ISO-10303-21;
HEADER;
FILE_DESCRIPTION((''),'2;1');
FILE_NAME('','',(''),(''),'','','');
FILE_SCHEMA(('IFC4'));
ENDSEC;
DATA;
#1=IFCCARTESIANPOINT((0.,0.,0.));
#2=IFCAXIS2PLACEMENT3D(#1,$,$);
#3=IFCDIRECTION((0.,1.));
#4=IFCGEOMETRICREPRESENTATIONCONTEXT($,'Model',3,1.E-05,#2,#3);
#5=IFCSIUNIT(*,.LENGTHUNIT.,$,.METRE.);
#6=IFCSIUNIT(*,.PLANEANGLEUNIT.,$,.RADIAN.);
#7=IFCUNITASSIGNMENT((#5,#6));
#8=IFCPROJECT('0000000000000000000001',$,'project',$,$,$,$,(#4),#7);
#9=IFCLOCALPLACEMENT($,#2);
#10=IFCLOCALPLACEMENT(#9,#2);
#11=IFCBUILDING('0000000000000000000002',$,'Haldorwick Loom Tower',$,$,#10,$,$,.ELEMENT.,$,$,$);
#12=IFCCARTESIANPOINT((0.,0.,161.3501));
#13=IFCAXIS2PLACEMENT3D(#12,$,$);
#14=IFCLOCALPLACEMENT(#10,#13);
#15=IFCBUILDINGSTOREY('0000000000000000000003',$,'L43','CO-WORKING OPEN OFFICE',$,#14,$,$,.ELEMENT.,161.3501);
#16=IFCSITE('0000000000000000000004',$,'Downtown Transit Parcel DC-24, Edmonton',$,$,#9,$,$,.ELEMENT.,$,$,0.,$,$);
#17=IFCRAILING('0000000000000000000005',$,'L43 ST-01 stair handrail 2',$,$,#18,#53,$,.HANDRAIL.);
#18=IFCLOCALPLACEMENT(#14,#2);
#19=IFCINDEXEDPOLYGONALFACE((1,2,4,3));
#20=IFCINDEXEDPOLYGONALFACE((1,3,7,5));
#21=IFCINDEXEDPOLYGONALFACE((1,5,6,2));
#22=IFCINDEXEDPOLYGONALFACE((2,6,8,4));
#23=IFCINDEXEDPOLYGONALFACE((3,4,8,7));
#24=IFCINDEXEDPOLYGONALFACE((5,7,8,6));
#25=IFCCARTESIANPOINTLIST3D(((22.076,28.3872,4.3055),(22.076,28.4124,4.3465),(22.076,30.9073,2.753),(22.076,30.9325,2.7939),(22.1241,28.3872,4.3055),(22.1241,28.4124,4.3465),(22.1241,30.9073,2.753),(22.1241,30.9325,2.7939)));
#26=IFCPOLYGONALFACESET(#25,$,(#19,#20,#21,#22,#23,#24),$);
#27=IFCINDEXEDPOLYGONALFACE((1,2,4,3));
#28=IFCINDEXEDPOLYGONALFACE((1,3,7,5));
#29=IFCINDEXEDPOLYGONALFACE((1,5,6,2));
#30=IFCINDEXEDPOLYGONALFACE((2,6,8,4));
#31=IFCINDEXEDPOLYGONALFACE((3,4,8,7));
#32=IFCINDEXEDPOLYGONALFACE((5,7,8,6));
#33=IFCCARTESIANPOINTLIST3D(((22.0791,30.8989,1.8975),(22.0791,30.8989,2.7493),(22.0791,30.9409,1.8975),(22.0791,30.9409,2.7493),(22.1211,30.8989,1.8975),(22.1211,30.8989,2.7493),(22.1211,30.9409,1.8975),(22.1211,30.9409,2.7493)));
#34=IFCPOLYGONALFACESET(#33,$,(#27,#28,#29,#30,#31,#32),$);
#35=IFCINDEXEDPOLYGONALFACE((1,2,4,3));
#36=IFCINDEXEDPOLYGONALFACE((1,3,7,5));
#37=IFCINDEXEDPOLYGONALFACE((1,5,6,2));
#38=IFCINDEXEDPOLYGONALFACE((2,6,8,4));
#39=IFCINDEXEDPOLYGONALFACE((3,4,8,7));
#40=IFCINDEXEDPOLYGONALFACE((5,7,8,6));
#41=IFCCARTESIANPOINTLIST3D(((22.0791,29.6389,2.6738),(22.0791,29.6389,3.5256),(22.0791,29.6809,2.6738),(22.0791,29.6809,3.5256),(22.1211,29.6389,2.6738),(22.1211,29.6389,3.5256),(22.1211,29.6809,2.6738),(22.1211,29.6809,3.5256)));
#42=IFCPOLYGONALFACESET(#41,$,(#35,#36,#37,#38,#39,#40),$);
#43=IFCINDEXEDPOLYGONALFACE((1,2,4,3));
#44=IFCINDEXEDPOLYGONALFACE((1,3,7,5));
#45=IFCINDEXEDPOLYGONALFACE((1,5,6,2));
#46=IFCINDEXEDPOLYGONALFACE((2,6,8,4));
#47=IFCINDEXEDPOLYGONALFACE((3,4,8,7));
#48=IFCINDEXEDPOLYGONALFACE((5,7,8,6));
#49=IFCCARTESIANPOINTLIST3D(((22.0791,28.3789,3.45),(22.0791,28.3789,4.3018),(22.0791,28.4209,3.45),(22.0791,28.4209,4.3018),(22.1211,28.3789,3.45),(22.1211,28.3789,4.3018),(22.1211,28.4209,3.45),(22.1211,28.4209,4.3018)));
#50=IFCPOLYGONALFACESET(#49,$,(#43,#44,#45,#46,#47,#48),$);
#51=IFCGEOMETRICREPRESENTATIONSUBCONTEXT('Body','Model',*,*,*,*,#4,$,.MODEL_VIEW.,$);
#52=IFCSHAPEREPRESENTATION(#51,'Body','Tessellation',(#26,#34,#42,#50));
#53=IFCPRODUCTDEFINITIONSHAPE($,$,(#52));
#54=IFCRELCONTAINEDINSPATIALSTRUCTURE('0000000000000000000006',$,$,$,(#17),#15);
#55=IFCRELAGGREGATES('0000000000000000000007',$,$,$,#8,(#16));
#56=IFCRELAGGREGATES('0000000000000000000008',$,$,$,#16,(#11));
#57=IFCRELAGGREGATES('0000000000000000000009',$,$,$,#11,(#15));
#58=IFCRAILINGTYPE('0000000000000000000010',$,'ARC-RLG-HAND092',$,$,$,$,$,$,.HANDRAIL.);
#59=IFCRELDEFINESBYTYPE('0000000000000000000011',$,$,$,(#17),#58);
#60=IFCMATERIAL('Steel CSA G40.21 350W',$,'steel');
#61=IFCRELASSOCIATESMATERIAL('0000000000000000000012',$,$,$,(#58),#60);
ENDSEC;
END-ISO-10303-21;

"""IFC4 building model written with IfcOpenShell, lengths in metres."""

from ifc_helpers import new_model, si_unit, direction, frame, origin, origin_2d, place, context, subcontext, project, spatial, rectangle, extrude, material, type_object, element, save


model = new_model("IFC4")

# Units and contexts
model_context = context("Model", 3, precision=1e-05, world=origin(), true_north=direction((0.0, 1.0)))
body_context = subcontext(model_context, "Body", "Model", "MODEL_VIEW")
ifc_project = project(units=[si_unit("LENGTHUNIT", "METRE"), si_unit("PLANEANGLEUNIT", "RADIAN")], contexts=[model_context])

# Site, building, storey
site_placement = place(None, origin())
site = spatial("IfcSite", under=ifc_project, at=site_placement, Name="Downtown Transit Parcel DC-24, Edmonton", CompositionType="ELEMENT", RefElevation=0.0)
building_placement = place(site_placement, origin())
building = spatial("IfcBuilding", under=site, at=building_placement, Name="Haldorwick Loom Tower", CompositionType="ELEMENT")
storey_placement = place(building_placement, frame((0.0, 0.0, 161.3501)))
storey = spatial("IfcBuildingStorey", under=building, at=storey_placement, Name="L43", Description="CO-WORKING OPEN OFFICE", CompositionType="ELEMENT", Elevation=161.3501)

# Shared definitions
ifc_material_1 = material(Name="Steel CSA G40.21 350W", Category="steel")

# Railing
railing_type_1 = type_object("IfcRailingType", Name="ARC-RLG-HAND092", PredefinedType="HANDRAIL", material=ifc_material_1)
railing_1_placement = place(storey_placement, frame((22.1001, 30.9199, 1.8975)))
element("IfcRailing", 1, at=railing_1_placement, inside=storey, type_object=railing_type_1, Name="L43 ST-01 stair handrail 2", PredefinedType="HANDRAIL", context=body_context, shape_type="SweptSolid", body=[
    extrude(rectangle(XDim=0.0481, YDim=0.0481, at=origin_2d()), frame((0.0, 0.0, 0.876), z_axis=(0.0, -0.8514, 0.524516), x_axis=(1.0, 0.0, 0.0)), (0.0, 0.0, 1.0), 2.96),
    extrude(rectangle(XDim=0.042, YDim=0.042, at=origin_2d()), origin(), (0.0, 0.0, 1.0), 0.8518),
    extrude(rectangle(XDim=0.042, YDim=0.042, at=origin_2d()), frame((0.0, -1.26, 0.7764)), (0.0, 0.0, 1.0), 0.8518),
    extrude(rectangle(XDim=0.042, YDim=0.042, at=origin_2d()), frame((0.0, -2.52, 1.5525)), (0.0, 0.0, 1.0), 0.8518),
])

save(model, "model.ifc")
